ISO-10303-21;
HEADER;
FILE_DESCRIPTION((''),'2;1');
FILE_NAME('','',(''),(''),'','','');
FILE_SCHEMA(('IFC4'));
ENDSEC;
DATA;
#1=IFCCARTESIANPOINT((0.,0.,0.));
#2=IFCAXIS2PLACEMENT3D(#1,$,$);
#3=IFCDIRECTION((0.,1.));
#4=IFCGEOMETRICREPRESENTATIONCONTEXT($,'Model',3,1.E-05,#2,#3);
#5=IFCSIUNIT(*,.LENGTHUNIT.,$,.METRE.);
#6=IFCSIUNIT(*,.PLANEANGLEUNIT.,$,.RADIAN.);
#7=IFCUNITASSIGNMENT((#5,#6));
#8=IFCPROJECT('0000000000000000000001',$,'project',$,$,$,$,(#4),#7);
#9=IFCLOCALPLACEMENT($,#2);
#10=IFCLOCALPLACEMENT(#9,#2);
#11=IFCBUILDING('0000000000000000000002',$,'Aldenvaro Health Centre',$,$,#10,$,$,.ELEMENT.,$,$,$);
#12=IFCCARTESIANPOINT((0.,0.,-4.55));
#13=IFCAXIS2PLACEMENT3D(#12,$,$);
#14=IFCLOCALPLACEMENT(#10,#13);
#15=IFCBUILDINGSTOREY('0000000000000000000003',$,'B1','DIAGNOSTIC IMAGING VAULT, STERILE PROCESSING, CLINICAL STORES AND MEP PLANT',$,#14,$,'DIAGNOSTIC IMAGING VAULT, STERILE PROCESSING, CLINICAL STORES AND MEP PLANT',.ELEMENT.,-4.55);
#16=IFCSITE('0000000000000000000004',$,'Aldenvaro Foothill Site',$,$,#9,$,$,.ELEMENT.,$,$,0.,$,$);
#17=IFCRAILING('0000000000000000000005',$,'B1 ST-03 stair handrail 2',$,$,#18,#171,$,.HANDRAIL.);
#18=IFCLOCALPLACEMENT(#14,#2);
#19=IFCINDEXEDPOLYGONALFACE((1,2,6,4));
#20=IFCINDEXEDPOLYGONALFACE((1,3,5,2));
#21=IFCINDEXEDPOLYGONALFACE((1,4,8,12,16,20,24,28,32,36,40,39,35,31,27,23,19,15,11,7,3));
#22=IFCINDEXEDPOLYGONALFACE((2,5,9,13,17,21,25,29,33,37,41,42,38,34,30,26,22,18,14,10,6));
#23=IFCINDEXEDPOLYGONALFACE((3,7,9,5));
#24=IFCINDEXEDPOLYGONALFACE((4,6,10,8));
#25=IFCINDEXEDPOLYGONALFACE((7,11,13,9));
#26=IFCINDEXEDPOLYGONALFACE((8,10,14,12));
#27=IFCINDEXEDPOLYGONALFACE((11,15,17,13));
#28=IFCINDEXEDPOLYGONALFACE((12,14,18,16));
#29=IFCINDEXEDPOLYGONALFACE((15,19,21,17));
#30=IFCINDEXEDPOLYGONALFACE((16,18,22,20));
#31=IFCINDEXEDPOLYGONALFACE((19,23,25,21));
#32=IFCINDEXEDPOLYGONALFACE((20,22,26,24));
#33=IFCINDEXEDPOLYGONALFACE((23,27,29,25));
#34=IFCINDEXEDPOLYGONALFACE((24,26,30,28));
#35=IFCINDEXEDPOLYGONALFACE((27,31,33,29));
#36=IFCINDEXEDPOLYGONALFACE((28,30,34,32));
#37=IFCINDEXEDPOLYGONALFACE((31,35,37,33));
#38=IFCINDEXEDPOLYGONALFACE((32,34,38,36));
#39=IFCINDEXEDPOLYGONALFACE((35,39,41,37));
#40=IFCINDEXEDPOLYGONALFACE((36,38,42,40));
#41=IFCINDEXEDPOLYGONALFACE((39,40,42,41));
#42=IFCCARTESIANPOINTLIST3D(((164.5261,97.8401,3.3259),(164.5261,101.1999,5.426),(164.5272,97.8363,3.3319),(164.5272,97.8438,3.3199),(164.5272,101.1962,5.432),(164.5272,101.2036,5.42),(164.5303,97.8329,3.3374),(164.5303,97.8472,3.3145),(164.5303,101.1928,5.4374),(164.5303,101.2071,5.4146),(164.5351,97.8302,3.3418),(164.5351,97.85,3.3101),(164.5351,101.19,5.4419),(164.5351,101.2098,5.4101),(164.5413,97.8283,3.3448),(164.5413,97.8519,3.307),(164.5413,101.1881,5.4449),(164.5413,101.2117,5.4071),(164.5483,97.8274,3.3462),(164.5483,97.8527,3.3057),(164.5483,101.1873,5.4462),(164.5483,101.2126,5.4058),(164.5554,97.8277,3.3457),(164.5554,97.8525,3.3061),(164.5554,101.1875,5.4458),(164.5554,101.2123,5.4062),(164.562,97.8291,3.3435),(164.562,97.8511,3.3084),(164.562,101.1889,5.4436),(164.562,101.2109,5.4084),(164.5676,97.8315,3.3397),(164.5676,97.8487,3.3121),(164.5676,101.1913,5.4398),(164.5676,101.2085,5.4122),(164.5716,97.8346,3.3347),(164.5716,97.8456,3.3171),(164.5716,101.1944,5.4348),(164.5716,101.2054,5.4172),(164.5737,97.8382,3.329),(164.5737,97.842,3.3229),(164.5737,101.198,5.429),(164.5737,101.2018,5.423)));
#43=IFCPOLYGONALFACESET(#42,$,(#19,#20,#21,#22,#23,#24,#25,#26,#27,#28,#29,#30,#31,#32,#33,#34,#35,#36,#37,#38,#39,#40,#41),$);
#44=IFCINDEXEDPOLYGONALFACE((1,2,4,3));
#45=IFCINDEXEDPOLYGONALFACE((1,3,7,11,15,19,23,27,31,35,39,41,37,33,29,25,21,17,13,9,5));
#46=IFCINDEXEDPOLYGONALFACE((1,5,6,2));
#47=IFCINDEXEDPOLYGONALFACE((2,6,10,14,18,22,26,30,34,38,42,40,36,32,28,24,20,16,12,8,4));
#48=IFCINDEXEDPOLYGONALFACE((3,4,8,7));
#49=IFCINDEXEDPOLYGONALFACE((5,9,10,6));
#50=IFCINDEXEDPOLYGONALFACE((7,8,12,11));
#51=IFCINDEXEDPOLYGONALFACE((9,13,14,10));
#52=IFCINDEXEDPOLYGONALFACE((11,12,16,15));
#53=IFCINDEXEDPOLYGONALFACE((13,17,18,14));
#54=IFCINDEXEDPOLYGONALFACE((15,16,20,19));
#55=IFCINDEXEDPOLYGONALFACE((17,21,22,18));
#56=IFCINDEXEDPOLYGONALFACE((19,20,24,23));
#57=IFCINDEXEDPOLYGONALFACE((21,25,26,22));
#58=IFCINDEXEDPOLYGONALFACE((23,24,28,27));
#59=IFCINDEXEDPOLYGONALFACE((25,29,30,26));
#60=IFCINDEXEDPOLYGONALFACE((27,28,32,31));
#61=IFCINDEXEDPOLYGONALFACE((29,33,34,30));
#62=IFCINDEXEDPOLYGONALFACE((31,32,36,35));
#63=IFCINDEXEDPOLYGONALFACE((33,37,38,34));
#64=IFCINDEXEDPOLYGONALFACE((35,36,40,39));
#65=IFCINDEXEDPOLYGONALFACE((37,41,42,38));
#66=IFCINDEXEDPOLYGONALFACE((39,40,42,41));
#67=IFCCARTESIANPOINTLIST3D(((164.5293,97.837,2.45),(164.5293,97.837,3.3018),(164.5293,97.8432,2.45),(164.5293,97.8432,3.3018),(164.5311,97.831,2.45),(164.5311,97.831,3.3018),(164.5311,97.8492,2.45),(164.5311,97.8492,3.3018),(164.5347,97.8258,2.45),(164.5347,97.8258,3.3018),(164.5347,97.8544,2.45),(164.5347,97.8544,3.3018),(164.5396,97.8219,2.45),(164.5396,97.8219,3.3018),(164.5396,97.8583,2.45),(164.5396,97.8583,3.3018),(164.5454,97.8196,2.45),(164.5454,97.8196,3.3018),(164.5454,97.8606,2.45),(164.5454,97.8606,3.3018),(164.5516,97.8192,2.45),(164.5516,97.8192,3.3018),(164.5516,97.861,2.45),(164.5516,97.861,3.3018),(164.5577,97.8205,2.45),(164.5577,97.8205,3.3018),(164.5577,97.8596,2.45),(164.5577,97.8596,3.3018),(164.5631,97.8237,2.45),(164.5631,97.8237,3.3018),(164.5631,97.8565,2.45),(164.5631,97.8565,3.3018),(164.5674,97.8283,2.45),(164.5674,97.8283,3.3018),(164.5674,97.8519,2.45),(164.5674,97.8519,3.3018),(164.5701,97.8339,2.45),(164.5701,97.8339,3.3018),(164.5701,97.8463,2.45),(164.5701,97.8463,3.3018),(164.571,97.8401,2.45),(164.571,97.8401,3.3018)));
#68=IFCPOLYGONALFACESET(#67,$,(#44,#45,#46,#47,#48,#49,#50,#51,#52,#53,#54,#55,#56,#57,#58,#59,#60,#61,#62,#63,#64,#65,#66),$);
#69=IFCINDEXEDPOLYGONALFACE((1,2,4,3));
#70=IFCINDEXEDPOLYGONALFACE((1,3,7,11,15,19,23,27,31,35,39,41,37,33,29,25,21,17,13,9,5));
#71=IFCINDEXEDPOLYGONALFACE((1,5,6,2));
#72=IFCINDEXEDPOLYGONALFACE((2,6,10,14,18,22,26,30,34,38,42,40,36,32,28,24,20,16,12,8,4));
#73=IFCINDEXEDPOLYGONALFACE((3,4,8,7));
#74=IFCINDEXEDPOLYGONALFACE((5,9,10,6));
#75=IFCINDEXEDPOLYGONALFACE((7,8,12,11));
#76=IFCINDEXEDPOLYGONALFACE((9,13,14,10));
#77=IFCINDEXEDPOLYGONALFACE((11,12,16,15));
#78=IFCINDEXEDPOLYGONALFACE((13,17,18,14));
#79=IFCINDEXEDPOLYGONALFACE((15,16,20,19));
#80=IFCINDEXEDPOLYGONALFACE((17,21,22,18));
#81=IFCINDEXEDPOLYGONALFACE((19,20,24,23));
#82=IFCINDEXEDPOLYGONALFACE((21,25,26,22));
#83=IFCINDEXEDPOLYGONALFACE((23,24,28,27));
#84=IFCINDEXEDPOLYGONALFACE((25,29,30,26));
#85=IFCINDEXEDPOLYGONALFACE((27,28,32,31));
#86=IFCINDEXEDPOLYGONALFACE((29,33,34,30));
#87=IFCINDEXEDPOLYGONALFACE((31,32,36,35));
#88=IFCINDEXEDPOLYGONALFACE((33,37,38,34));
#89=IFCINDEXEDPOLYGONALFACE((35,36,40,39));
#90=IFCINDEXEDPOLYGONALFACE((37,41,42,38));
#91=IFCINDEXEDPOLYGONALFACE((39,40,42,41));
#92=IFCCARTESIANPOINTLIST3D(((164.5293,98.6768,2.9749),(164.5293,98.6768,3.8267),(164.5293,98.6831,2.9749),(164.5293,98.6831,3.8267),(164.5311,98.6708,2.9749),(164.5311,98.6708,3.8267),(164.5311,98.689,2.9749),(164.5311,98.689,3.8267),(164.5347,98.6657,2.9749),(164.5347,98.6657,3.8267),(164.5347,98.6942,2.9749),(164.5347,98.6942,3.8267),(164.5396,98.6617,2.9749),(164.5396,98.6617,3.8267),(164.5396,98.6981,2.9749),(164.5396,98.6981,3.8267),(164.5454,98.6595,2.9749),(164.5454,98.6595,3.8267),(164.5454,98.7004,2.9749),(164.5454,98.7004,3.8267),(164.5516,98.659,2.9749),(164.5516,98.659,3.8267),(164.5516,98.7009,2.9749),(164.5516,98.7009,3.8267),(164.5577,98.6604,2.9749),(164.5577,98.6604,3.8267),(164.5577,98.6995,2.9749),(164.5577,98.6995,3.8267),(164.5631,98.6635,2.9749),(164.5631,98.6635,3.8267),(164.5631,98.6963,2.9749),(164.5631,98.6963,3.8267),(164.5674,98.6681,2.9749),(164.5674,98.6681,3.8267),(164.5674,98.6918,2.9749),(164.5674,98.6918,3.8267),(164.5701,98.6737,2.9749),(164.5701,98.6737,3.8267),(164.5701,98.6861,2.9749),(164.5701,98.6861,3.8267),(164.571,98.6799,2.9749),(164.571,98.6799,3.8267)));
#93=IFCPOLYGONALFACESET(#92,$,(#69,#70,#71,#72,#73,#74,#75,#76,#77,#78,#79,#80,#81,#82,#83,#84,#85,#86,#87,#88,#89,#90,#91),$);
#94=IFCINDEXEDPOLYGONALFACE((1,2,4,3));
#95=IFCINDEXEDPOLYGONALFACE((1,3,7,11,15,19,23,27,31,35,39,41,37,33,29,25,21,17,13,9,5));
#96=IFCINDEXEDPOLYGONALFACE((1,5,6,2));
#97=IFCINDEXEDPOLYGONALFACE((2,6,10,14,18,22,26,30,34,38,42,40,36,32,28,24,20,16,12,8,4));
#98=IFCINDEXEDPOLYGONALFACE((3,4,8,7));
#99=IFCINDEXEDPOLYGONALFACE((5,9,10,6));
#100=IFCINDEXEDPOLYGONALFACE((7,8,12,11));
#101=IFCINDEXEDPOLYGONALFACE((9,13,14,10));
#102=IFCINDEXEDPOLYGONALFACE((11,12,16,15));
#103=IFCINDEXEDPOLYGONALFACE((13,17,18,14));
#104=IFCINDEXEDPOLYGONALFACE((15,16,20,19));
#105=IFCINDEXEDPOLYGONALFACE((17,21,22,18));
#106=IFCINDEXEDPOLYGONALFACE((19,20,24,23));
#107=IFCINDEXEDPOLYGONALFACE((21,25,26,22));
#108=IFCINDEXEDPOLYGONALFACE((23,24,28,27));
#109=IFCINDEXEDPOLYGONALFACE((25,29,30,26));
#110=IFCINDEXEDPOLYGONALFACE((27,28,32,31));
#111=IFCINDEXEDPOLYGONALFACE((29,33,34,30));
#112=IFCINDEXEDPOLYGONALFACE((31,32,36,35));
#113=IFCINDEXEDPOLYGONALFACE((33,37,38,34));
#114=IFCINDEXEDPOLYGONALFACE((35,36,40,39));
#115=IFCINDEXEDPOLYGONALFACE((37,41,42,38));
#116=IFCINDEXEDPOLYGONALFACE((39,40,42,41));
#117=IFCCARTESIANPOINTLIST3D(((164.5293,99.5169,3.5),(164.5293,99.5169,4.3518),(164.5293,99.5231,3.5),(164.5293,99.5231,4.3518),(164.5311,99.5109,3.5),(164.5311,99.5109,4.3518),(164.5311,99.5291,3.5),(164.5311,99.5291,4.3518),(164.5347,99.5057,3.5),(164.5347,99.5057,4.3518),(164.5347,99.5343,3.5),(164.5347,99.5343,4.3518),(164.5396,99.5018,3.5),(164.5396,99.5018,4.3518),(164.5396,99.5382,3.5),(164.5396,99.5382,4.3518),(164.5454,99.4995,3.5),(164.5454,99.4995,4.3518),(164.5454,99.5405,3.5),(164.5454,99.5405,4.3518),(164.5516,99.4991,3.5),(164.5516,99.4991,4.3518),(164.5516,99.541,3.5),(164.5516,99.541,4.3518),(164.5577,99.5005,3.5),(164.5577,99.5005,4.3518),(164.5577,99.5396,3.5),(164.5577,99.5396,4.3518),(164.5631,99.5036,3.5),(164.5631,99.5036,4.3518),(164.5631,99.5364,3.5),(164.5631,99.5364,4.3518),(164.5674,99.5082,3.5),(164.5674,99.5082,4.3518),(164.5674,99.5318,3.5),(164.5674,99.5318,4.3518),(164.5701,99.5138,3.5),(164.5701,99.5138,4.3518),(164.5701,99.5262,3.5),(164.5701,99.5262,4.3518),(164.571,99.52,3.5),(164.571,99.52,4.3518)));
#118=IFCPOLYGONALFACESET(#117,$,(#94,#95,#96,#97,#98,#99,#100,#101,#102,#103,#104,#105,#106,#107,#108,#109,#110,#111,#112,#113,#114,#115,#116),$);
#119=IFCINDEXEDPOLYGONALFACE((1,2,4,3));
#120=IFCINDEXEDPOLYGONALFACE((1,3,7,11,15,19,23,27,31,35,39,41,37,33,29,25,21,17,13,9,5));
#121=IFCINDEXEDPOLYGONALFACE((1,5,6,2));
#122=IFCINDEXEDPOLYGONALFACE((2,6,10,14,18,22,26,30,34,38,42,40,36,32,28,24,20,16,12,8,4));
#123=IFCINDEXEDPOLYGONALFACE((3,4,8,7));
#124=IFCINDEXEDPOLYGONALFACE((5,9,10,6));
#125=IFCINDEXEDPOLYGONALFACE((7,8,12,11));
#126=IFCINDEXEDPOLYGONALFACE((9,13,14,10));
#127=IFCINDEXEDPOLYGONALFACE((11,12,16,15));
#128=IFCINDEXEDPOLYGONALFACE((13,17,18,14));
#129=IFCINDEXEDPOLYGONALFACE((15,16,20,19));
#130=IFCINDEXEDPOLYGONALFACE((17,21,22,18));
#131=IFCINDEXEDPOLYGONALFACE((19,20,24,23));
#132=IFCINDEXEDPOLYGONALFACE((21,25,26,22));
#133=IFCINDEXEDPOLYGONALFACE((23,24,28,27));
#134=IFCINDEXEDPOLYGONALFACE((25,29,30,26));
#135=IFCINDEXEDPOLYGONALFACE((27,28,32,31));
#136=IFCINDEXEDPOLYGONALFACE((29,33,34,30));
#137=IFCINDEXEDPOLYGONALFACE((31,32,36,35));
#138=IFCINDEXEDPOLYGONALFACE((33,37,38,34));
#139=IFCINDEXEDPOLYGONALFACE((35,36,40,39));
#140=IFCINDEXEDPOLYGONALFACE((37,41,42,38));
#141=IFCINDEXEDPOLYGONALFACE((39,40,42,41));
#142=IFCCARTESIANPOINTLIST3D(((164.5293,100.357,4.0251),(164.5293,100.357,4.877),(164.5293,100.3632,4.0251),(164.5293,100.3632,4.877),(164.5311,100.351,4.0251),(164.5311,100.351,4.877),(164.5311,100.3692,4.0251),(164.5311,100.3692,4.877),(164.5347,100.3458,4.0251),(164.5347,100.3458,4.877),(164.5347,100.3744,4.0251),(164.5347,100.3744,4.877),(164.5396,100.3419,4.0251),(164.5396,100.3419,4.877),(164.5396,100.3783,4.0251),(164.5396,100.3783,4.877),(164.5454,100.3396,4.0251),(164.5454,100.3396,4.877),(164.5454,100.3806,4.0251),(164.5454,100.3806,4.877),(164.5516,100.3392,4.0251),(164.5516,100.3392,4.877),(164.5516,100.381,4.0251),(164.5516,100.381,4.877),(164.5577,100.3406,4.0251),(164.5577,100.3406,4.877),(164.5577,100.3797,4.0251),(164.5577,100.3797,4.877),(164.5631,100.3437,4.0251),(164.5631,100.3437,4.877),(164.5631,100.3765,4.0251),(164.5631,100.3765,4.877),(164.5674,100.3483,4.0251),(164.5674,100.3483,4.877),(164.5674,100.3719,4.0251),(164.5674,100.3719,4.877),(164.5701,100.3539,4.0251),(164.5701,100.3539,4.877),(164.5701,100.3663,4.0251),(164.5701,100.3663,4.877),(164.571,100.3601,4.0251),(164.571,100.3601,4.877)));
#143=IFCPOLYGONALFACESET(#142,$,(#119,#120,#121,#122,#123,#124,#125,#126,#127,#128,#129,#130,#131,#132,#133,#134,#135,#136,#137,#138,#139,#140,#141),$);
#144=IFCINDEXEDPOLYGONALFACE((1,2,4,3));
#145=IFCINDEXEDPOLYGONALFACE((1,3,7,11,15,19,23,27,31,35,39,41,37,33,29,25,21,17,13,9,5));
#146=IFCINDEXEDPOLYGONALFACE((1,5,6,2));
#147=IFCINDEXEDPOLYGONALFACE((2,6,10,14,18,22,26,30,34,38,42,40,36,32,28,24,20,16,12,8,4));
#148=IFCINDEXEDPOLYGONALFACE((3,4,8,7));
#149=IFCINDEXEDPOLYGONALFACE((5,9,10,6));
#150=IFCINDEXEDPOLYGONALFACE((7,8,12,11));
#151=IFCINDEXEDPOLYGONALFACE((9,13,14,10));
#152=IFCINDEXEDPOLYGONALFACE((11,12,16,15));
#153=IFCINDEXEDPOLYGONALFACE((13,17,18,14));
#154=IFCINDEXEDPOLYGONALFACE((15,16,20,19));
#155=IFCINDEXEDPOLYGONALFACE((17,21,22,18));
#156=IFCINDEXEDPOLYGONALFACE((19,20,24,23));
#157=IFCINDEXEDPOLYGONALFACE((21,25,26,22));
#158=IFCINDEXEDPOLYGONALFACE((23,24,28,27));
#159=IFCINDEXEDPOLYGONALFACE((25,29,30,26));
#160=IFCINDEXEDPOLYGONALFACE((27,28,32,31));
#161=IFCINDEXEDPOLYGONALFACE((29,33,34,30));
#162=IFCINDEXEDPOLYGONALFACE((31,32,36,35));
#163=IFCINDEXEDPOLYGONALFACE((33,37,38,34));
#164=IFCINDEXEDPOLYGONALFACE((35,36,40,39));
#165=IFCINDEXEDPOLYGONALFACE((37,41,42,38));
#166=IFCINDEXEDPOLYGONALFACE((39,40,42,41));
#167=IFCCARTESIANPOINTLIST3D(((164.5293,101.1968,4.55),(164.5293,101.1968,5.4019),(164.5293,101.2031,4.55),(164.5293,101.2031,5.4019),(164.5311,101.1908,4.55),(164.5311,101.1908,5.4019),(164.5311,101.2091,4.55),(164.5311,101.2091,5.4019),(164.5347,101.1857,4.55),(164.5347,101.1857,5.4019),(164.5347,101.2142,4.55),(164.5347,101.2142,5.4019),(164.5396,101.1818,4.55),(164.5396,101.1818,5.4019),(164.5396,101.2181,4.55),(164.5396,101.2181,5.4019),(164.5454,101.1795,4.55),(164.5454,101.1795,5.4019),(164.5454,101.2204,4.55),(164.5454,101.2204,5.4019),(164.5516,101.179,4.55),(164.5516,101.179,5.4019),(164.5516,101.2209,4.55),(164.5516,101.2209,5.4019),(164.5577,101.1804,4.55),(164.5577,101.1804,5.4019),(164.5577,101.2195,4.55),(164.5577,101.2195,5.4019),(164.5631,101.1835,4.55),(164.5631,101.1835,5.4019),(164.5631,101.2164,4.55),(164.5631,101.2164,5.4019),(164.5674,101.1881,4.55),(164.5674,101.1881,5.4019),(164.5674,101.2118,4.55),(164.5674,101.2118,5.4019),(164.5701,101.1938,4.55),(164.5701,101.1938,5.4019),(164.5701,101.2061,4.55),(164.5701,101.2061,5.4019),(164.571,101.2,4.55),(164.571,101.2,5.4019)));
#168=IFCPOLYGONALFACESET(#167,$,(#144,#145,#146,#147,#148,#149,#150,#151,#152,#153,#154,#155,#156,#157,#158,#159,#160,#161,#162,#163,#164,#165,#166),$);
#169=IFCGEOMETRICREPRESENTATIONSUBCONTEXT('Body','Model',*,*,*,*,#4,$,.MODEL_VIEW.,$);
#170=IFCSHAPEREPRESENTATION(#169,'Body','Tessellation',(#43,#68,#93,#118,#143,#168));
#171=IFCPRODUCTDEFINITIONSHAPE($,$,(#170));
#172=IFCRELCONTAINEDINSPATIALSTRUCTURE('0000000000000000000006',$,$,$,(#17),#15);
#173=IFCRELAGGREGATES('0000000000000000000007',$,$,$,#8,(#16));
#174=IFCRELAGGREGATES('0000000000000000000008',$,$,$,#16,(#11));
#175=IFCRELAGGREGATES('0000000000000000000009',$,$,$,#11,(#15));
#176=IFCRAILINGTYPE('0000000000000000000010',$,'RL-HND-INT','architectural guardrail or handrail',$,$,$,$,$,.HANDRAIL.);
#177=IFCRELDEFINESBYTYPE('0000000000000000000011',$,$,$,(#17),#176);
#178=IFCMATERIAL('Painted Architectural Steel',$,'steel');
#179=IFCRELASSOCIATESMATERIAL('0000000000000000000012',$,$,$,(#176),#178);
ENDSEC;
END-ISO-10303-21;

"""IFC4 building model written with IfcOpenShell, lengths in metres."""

from ifc_helpers import new_model, si_unit, direction, frame, origin, origin_2d, place, context, subcontext, project, spatial, circle, extrude, material, type_object, element, save


model = new_model("IFC4")

# Units and contexts
model_context = context("Model", 3, precision=1e-05, world=origin(), true_north=direction((0.0, 1.0)))
body_context = subcontext(model_context, "Body", "Model", "MODEL_VIEW")
ifc_project = project(units=[si_unit("LENGTHUNIT", "METRE"), si_unit("PLANEANGLEUNIT", "RADIAN")], contexts=[model_context])

# Site, building, storey
site_placement = place(None, origin())
site = spatial("IfcSite", under=ifc_project, at=site_placement, Name="Aldenvaro Foothill Site", CompositionType="ELEMENT", RefElevation=0.0)
building_placement = place(site_placement, origin())
building = spatial("IfcBuilding", under=site, at=building_placement, Name="Aldenvaro Health Centre", CompositionType="ELEMENT")
storey_placement = place(building_placement, frame((0.0, 0.0, -4.55)))
storey = spatial("IfcBuildingStorey", under=building, at=storey_placement, Name="B1", Description="DIAGNOSTIC IMAGING VAULT, STERILE PROCESSING, CLINICAL STORES AND MEP PLANT", LongName="DIAGNOSTIC IMAGING VAULT, STERILE PROCESSING, CLINICAL STORES AND MEP PLANT", CompositionType="ELEMENT", Elevation=-4.55)

# Railing
ifc_material_1 = material(Name="Painted Architectural Steel", Category="steel")
railing_type_1 = type_object("IfcRailingType", Name="RL-HND-INT", Description="architectural guardrail or handrail", PredefinedType="HANDRAIL", material=ifc_material_1)
railing_1_placement = place(storey_placement, frame((164.55, 97.8401, 2.45)))
element("IfcRailing", 1, at=railing_1_placement, inside=storey, type_object=railing_type_1, Name="B1 ST-03 stair handrail 2", PredefinedType="HANDRAIL", context=body_context, shape_type="SweptSolid", body=[
    extrude(circle(Radius=0.0239, at=origin_2d()), frame((0.0, 0.0, 0.876), z_axis=(0.0, 0.847978, 0.530032), x_axis=(-1.0, 0.0, 0.0)), (0.0, 0.0, 1.0), 3.9622),
    extrude(circle(Radius=0.021, at=origin_2d()), origin(), (0.0, 0.0, 1.0), 0.8518),
    extrude(circle(Radius=0.021, at=origin_2d()), frame((0.0, 0.8398, 0.5249)), (0.0, 0.0, 1.0), 0.8518),
    extrude(circle(Radius=0.021, at=origin_2d()), frame((0.0, 1.6799, 1.05)), (0.0, 0.0, 1.0), 0.8518),
    extrude(circle(Radius=0.021, at=origin_2d()), frame((0.0, 2.52, 1.5752)), (0.0, 0.0, 1.0), 0.8518),
    extrude(circle(Radius=0.021, at=origin_2d()), frame((0.0, 3.3599, 2.1001)), (0.0, 0.0, 1.0), 0.8518),
])

save(model, "model.ifc")
